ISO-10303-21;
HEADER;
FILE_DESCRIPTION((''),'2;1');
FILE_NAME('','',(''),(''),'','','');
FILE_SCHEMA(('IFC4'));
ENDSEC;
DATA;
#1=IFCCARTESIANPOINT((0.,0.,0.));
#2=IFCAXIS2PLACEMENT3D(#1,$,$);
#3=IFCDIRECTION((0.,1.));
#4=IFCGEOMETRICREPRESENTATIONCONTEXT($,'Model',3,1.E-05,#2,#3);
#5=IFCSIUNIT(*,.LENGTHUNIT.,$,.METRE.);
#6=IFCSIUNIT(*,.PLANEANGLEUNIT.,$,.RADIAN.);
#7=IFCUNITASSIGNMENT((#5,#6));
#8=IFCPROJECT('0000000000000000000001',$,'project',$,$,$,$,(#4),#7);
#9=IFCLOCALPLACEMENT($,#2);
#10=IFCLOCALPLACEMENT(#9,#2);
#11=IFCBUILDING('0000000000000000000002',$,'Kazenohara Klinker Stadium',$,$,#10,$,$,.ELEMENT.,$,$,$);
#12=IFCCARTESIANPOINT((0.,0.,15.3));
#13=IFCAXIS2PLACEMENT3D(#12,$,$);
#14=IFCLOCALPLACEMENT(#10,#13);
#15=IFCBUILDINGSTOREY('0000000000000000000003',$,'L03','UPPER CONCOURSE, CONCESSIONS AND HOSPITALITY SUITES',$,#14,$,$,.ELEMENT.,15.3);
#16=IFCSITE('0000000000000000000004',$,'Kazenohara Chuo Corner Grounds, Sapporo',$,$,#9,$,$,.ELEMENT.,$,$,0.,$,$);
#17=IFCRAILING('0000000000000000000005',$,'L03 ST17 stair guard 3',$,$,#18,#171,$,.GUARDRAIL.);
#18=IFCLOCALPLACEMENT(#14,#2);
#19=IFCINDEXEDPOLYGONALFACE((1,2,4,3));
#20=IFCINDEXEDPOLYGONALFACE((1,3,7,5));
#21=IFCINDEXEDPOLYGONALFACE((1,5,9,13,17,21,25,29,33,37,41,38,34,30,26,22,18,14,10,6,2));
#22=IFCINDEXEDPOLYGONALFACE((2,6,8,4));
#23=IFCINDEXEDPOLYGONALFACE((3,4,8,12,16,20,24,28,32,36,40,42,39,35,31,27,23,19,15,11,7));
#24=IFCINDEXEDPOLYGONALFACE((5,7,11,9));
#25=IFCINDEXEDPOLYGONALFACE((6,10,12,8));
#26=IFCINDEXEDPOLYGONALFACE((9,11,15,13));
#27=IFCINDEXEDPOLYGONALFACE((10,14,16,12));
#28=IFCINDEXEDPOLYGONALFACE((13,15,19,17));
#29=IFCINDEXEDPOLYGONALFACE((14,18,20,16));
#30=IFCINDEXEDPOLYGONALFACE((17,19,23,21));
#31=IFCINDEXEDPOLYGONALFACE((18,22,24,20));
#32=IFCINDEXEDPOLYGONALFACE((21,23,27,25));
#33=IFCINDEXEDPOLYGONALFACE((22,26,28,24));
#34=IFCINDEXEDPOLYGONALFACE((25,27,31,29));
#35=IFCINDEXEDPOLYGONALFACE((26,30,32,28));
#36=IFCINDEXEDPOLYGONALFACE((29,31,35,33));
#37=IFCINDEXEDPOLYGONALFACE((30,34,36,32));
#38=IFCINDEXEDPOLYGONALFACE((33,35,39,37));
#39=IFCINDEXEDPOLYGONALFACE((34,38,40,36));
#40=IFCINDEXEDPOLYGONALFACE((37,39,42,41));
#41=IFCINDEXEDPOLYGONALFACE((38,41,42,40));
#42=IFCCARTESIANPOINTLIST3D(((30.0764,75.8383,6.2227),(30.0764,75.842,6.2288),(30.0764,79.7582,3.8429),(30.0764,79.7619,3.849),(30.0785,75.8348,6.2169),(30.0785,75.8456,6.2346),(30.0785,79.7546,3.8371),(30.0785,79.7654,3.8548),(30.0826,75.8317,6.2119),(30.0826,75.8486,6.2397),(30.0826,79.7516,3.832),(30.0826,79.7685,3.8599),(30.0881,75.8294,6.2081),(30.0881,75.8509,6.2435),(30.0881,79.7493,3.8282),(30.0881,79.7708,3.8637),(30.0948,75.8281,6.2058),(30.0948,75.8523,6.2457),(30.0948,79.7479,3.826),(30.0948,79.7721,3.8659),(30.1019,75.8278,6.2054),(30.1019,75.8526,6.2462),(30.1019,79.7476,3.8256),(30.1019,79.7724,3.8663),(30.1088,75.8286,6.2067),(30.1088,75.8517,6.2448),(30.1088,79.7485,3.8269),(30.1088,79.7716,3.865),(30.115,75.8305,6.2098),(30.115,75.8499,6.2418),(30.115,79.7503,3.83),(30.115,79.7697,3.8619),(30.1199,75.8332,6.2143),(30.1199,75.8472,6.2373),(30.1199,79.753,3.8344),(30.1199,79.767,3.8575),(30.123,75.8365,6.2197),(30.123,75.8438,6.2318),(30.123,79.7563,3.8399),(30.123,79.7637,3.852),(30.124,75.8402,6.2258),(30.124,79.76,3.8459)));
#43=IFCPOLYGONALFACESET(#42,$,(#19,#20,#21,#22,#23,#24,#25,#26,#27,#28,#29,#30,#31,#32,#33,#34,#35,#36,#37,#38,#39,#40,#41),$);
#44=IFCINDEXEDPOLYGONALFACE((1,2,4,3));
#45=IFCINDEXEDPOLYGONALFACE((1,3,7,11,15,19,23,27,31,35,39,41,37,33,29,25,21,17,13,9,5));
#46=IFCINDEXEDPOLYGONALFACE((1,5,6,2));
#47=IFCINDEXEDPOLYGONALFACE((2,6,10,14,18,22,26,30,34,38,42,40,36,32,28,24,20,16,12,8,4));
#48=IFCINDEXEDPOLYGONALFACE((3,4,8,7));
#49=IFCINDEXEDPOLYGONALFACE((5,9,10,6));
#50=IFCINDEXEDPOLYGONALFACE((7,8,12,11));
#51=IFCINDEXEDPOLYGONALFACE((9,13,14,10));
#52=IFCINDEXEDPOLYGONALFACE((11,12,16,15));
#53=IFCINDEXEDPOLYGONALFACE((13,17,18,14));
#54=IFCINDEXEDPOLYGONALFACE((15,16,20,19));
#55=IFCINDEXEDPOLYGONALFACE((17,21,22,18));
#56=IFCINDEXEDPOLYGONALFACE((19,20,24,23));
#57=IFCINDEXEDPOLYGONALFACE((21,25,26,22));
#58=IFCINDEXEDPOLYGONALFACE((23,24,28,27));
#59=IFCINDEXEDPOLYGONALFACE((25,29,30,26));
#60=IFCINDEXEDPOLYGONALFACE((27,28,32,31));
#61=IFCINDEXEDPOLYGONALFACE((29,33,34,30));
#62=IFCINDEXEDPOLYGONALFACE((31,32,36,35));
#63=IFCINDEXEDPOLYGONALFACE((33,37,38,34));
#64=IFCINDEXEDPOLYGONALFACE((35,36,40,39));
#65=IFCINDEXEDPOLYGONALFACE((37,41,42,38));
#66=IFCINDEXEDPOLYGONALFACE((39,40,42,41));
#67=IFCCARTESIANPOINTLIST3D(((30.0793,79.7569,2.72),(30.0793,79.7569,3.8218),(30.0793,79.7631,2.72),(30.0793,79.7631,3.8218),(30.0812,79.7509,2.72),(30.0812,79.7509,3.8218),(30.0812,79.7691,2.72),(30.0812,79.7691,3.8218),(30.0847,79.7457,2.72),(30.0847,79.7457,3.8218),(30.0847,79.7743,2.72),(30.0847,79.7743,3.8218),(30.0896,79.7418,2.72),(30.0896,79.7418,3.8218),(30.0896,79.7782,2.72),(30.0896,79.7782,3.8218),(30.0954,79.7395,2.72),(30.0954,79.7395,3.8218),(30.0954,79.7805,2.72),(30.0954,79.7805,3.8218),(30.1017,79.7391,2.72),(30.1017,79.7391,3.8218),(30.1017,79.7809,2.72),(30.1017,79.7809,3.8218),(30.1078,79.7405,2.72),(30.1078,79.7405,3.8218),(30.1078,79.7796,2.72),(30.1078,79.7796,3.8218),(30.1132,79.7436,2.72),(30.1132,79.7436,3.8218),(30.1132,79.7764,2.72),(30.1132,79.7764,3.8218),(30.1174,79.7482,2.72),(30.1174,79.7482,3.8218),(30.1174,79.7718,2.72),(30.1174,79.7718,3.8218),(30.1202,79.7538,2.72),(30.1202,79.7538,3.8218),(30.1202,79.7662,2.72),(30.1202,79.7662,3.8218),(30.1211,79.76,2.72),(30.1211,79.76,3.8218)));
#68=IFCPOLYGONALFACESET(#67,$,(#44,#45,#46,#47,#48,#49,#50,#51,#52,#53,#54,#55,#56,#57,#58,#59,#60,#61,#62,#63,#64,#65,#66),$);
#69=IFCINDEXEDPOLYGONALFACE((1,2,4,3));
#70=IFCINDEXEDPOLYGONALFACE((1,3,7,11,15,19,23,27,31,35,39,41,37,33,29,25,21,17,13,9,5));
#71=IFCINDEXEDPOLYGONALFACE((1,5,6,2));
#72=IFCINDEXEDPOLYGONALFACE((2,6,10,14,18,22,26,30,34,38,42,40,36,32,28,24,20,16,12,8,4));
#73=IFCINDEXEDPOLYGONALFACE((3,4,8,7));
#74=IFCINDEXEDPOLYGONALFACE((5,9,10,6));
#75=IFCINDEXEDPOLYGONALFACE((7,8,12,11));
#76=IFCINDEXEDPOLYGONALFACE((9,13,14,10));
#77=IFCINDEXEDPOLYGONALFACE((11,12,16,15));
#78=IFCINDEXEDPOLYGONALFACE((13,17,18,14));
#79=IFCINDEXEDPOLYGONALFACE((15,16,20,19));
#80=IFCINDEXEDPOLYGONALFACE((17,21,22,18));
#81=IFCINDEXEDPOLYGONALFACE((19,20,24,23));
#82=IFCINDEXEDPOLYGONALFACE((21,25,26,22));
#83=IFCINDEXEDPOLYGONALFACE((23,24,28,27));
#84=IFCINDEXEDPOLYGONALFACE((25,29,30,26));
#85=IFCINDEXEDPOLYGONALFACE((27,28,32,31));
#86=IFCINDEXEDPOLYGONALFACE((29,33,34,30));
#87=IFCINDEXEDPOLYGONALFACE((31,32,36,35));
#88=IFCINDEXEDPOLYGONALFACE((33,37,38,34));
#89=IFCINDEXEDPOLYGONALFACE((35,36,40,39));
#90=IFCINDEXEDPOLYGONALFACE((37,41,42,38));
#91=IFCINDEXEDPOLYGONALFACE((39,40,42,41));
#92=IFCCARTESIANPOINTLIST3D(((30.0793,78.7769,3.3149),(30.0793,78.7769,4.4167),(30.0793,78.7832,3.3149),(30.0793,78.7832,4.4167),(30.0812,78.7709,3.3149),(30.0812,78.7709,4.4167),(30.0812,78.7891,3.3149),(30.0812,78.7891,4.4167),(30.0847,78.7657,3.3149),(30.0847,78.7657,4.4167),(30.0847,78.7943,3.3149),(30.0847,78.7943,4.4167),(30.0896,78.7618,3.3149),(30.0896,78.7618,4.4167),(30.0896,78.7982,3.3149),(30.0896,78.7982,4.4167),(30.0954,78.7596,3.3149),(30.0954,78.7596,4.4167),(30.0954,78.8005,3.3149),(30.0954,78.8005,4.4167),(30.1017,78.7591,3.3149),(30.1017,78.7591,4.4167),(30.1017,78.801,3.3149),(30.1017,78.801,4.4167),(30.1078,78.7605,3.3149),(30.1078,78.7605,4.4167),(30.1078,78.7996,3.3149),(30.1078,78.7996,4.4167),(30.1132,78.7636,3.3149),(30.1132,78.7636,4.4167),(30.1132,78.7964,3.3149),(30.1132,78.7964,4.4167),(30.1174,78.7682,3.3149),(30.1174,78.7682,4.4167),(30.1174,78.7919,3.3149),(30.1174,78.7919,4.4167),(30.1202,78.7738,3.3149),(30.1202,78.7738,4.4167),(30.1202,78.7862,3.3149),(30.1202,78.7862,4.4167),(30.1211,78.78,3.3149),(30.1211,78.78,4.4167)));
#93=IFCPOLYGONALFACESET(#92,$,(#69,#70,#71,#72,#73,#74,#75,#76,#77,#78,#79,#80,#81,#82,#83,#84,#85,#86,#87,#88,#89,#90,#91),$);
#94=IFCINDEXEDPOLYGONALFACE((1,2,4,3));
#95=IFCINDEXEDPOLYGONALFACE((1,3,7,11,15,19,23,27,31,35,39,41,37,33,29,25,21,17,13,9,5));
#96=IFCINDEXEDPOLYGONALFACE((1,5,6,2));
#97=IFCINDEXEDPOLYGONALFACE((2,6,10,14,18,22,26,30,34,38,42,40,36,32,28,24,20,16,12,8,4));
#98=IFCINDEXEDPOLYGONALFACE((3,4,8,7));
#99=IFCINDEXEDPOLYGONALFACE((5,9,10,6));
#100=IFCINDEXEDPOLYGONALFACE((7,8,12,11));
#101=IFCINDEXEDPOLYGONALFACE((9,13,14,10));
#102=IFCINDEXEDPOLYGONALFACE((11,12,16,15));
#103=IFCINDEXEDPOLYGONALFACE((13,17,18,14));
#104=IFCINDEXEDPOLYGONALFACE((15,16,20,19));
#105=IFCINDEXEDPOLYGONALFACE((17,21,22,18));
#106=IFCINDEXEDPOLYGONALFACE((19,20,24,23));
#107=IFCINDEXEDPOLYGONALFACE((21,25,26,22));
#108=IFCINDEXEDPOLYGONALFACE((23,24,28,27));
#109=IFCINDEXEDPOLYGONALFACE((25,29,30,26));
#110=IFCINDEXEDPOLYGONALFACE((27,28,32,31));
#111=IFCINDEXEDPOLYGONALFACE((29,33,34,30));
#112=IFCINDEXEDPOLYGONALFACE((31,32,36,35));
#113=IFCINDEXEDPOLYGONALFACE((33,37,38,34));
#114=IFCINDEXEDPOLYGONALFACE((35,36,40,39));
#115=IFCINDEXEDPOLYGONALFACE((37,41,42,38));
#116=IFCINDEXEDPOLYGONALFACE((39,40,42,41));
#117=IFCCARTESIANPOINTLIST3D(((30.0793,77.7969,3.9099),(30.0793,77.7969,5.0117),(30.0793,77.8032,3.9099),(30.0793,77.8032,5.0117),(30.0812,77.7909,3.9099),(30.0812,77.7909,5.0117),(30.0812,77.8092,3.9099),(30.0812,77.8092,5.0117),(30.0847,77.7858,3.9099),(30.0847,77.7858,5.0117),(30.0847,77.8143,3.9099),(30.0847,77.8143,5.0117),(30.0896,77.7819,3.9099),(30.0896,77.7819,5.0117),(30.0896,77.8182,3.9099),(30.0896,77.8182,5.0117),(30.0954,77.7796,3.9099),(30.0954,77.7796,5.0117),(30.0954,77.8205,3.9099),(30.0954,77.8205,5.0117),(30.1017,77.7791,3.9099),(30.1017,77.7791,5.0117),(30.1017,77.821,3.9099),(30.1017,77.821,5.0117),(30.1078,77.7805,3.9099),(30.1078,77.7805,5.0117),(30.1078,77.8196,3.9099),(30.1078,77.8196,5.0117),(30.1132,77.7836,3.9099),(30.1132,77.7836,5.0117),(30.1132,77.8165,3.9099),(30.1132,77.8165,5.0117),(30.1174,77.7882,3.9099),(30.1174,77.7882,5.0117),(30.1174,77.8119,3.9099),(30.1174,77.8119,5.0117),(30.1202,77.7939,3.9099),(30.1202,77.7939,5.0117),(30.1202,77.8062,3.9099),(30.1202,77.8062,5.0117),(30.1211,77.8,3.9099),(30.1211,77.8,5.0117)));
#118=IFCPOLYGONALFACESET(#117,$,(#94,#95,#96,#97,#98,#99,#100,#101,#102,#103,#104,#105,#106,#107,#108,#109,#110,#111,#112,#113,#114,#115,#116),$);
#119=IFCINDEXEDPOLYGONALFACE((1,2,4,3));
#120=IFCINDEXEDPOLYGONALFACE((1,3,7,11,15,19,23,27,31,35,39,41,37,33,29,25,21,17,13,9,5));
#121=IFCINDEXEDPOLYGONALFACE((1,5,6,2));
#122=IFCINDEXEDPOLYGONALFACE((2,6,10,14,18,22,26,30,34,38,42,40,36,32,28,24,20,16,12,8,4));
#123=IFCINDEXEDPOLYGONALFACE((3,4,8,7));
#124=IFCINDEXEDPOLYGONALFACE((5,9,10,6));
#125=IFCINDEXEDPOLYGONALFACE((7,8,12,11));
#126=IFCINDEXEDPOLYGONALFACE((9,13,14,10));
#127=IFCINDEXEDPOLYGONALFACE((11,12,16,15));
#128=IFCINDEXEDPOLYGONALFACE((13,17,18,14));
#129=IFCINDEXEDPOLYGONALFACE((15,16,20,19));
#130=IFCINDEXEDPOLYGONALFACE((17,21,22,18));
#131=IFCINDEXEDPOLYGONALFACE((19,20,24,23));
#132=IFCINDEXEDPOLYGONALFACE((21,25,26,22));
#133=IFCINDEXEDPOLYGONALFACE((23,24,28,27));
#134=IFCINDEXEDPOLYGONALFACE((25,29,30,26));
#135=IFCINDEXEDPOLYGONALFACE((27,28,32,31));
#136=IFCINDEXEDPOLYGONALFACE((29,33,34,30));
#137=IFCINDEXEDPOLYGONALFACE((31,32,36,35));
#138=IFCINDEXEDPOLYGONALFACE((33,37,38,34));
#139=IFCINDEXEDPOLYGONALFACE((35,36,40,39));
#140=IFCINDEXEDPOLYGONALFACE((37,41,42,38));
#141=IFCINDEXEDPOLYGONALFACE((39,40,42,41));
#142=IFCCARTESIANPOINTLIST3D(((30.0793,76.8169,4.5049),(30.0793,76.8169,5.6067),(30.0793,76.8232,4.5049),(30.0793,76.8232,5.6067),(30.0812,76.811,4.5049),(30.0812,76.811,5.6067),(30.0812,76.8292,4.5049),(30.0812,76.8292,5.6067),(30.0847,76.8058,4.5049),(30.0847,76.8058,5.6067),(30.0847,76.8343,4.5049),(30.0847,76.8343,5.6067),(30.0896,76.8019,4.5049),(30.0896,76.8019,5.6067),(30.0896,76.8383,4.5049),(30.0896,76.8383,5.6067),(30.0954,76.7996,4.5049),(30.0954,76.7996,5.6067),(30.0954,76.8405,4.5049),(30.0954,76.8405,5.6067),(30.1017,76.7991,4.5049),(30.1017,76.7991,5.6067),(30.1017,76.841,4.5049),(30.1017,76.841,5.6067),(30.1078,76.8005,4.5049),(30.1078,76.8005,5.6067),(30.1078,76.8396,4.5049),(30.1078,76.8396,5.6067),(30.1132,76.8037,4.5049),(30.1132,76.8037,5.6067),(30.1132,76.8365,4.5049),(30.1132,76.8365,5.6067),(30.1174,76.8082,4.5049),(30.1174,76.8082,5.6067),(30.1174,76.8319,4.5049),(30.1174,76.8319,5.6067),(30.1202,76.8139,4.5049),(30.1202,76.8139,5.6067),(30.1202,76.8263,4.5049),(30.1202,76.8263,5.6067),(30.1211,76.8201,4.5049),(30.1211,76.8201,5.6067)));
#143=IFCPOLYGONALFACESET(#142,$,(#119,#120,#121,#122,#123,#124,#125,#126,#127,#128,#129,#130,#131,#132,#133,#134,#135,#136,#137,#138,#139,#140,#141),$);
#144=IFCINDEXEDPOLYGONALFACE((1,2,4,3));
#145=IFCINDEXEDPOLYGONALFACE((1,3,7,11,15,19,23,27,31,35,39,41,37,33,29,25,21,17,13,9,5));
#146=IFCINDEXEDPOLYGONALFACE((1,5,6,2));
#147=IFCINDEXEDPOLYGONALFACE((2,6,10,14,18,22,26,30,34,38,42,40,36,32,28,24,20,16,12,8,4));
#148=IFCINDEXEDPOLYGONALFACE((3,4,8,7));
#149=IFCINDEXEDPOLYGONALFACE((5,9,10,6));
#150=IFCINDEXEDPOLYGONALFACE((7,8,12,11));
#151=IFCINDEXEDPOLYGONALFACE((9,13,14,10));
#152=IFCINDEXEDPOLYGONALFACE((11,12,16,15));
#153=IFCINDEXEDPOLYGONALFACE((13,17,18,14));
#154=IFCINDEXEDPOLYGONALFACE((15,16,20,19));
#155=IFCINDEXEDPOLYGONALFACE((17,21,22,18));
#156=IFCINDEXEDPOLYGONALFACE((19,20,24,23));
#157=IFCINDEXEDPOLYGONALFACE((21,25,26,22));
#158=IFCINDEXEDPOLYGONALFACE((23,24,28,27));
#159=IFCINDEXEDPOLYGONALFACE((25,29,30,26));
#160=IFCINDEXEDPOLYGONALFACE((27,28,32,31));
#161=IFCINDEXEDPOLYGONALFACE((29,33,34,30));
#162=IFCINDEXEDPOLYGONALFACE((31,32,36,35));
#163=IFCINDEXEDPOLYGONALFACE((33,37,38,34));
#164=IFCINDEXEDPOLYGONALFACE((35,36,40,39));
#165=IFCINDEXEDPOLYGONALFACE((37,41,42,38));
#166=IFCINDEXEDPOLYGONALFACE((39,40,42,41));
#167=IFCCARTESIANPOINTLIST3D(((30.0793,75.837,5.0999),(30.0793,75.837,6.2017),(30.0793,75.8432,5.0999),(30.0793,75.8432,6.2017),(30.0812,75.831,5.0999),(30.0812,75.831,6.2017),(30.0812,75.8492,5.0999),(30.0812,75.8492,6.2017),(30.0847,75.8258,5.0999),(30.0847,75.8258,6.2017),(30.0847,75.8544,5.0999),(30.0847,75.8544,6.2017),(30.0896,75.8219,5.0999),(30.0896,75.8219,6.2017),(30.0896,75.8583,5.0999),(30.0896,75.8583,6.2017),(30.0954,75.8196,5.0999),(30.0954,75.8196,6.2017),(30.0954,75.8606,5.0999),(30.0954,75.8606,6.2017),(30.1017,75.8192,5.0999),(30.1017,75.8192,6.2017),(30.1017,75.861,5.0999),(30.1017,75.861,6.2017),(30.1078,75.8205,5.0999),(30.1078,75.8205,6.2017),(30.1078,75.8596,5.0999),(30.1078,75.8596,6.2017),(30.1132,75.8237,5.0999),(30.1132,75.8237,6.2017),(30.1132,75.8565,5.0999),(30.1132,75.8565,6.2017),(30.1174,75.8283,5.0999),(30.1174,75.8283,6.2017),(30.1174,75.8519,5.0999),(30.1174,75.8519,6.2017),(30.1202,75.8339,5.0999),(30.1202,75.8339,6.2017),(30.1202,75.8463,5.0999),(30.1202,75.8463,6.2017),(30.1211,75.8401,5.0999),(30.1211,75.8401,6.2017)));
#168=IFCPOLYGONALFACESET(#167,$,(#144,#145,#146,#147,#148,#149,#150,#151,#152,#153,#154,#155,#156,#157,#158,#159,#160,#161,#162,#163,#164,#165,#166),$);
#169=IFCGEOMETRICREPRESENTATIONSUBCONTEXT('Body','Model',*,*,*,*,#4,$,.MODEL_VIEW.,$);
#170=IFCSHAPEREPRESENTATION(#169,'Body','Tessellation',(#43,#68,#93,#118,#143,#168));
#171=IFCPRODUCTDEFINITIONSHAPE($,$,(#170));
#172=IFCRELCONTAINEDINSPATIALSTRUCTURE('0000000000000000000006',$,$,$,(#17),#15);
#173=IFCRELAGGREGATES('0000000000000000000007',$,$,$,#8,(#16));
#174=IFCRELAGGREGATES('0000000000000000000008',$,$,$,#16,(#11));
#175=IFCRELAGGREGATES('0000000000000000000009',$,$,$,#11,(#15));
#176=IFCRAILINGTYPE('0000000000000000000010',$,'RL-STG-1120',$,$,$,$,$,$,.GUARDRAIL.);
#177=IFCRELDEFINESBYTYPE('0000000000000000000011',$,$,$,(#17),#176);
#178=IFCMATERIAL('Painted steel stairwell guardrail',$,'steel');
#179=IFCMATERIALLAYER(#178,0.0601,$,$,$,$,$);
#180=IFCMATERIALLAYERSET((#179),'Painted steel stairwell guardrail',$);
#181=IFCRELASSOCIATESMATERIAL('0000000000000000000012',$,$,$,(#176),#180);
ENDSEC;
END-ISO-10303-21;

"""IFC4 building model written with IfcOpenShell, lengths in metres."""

from ifc_helpers import new_model, si_unit, direction, frame, origin, origin_2d, place, context, subcontext, project, spatial, circle, extrude, material, layer, layer_set, type_object, element, save


model = new_model("IFC4")

# Units and contexts
model_context = context("Model", 3, precision=1e-05, world=origin(), true_north=direction((0.0, 1.0)))
body_context = subcontext(model_context, "Body", "Model", "MODEL_VIEW")
ifc_project = project(units=[si_unit("LENGTHUNIT", "METRE"), si_unit("PLANEANGLEUNIT", "RADIAN")], contexts=[model_context])

# Site, building, storey
site_placement = place(None, origin())
site = spatial("IfcSite", under=ifc_project, at=site_placement, Name="Kazenohara Chuo Corner Grounds, Sapporo", CompositionType="ELEMENT", RefElevation=0.0)
building_placement = place(site_placement, origin())
building = spatial("IfcBuilding", under=site, at=building_placement, Name="Kazenohara Klinker Stadium", CompositionType="ELEMENT")
storey_placement = place(building_placement, frame((0.0, 0.0, 15.3)))
storey = spatial("IfcBuildingStorey", under=building, at=storey_placement, Name="L03", Description="UPPER CONCOURSE, CONCESSIONS AND HOSPITALITY SUITES", CompositionType="ELEMENT", Elevation=15.3)

# Railing
ifc_material_1 = material(Name="Painted steel stairwell guardrail", Category="steel")
ifc_layer_1 = layer(ifc_material_1, 0.0601)
ifc_layer_set_1 = layer_set([ifc_layer_1], Name="Painted steel stairwell guardrail")
railing_type_1 = type_object("IfcRailingType", Name="RL-STG-1120", PredefinedType="GUARDRAIL", material=ifc_layer_set_1)
railing_1_placement = place(storey_placement, frame((30.1001, 79.76, 2.72)))
element("IfcRailing", 1, at=railing_1_placement, inside=storey, type_object=railing_type_1, Name="L03 ST17 stair guard 3", PredefinedType="GUARDRAIL", context=body_context, shape_type="SweptSolid", body=[
    extrude(circle(Radius=0.0239, at=origin_2d()), frame((0.0, 0.0, 1.126), z_axis=(0.0, -0.854794, 0.518967), x_axis=(1.0, 0.0, 0.0)), (0.0, 0.0, 1.0), 4.5857),
    extrude(circle(Radius=0.021, at=origin_2d()), origin(), (0.0, 0.0, 1.0), 1.1018),
    extrude(circle(Radius=0.021, at=origin_2d()), frame((0.0, -0.98, 0.595)), (0.0, 0.0, 1.0), 1.1018),
    extrude(circle(Radius=0.021, at=origin_2d()), frame((0.0, -1.96, 1.1899)), (0.0, 0.0, 1.0), 1.1018),
    extrude(circle(Radius=0.021, at=origin_2d()), frame((0.0, -2.9399, 1.7849)), (0.0, 0.0, 1.0), 1.1018),
    extrude(circle(Radius=0.021, at=origin_2d()), frame((0.0, -3.9199, 2.3799)), (0.0, 0.0, 1.0), 1.1018),
])

save(model, "model.ifc")
